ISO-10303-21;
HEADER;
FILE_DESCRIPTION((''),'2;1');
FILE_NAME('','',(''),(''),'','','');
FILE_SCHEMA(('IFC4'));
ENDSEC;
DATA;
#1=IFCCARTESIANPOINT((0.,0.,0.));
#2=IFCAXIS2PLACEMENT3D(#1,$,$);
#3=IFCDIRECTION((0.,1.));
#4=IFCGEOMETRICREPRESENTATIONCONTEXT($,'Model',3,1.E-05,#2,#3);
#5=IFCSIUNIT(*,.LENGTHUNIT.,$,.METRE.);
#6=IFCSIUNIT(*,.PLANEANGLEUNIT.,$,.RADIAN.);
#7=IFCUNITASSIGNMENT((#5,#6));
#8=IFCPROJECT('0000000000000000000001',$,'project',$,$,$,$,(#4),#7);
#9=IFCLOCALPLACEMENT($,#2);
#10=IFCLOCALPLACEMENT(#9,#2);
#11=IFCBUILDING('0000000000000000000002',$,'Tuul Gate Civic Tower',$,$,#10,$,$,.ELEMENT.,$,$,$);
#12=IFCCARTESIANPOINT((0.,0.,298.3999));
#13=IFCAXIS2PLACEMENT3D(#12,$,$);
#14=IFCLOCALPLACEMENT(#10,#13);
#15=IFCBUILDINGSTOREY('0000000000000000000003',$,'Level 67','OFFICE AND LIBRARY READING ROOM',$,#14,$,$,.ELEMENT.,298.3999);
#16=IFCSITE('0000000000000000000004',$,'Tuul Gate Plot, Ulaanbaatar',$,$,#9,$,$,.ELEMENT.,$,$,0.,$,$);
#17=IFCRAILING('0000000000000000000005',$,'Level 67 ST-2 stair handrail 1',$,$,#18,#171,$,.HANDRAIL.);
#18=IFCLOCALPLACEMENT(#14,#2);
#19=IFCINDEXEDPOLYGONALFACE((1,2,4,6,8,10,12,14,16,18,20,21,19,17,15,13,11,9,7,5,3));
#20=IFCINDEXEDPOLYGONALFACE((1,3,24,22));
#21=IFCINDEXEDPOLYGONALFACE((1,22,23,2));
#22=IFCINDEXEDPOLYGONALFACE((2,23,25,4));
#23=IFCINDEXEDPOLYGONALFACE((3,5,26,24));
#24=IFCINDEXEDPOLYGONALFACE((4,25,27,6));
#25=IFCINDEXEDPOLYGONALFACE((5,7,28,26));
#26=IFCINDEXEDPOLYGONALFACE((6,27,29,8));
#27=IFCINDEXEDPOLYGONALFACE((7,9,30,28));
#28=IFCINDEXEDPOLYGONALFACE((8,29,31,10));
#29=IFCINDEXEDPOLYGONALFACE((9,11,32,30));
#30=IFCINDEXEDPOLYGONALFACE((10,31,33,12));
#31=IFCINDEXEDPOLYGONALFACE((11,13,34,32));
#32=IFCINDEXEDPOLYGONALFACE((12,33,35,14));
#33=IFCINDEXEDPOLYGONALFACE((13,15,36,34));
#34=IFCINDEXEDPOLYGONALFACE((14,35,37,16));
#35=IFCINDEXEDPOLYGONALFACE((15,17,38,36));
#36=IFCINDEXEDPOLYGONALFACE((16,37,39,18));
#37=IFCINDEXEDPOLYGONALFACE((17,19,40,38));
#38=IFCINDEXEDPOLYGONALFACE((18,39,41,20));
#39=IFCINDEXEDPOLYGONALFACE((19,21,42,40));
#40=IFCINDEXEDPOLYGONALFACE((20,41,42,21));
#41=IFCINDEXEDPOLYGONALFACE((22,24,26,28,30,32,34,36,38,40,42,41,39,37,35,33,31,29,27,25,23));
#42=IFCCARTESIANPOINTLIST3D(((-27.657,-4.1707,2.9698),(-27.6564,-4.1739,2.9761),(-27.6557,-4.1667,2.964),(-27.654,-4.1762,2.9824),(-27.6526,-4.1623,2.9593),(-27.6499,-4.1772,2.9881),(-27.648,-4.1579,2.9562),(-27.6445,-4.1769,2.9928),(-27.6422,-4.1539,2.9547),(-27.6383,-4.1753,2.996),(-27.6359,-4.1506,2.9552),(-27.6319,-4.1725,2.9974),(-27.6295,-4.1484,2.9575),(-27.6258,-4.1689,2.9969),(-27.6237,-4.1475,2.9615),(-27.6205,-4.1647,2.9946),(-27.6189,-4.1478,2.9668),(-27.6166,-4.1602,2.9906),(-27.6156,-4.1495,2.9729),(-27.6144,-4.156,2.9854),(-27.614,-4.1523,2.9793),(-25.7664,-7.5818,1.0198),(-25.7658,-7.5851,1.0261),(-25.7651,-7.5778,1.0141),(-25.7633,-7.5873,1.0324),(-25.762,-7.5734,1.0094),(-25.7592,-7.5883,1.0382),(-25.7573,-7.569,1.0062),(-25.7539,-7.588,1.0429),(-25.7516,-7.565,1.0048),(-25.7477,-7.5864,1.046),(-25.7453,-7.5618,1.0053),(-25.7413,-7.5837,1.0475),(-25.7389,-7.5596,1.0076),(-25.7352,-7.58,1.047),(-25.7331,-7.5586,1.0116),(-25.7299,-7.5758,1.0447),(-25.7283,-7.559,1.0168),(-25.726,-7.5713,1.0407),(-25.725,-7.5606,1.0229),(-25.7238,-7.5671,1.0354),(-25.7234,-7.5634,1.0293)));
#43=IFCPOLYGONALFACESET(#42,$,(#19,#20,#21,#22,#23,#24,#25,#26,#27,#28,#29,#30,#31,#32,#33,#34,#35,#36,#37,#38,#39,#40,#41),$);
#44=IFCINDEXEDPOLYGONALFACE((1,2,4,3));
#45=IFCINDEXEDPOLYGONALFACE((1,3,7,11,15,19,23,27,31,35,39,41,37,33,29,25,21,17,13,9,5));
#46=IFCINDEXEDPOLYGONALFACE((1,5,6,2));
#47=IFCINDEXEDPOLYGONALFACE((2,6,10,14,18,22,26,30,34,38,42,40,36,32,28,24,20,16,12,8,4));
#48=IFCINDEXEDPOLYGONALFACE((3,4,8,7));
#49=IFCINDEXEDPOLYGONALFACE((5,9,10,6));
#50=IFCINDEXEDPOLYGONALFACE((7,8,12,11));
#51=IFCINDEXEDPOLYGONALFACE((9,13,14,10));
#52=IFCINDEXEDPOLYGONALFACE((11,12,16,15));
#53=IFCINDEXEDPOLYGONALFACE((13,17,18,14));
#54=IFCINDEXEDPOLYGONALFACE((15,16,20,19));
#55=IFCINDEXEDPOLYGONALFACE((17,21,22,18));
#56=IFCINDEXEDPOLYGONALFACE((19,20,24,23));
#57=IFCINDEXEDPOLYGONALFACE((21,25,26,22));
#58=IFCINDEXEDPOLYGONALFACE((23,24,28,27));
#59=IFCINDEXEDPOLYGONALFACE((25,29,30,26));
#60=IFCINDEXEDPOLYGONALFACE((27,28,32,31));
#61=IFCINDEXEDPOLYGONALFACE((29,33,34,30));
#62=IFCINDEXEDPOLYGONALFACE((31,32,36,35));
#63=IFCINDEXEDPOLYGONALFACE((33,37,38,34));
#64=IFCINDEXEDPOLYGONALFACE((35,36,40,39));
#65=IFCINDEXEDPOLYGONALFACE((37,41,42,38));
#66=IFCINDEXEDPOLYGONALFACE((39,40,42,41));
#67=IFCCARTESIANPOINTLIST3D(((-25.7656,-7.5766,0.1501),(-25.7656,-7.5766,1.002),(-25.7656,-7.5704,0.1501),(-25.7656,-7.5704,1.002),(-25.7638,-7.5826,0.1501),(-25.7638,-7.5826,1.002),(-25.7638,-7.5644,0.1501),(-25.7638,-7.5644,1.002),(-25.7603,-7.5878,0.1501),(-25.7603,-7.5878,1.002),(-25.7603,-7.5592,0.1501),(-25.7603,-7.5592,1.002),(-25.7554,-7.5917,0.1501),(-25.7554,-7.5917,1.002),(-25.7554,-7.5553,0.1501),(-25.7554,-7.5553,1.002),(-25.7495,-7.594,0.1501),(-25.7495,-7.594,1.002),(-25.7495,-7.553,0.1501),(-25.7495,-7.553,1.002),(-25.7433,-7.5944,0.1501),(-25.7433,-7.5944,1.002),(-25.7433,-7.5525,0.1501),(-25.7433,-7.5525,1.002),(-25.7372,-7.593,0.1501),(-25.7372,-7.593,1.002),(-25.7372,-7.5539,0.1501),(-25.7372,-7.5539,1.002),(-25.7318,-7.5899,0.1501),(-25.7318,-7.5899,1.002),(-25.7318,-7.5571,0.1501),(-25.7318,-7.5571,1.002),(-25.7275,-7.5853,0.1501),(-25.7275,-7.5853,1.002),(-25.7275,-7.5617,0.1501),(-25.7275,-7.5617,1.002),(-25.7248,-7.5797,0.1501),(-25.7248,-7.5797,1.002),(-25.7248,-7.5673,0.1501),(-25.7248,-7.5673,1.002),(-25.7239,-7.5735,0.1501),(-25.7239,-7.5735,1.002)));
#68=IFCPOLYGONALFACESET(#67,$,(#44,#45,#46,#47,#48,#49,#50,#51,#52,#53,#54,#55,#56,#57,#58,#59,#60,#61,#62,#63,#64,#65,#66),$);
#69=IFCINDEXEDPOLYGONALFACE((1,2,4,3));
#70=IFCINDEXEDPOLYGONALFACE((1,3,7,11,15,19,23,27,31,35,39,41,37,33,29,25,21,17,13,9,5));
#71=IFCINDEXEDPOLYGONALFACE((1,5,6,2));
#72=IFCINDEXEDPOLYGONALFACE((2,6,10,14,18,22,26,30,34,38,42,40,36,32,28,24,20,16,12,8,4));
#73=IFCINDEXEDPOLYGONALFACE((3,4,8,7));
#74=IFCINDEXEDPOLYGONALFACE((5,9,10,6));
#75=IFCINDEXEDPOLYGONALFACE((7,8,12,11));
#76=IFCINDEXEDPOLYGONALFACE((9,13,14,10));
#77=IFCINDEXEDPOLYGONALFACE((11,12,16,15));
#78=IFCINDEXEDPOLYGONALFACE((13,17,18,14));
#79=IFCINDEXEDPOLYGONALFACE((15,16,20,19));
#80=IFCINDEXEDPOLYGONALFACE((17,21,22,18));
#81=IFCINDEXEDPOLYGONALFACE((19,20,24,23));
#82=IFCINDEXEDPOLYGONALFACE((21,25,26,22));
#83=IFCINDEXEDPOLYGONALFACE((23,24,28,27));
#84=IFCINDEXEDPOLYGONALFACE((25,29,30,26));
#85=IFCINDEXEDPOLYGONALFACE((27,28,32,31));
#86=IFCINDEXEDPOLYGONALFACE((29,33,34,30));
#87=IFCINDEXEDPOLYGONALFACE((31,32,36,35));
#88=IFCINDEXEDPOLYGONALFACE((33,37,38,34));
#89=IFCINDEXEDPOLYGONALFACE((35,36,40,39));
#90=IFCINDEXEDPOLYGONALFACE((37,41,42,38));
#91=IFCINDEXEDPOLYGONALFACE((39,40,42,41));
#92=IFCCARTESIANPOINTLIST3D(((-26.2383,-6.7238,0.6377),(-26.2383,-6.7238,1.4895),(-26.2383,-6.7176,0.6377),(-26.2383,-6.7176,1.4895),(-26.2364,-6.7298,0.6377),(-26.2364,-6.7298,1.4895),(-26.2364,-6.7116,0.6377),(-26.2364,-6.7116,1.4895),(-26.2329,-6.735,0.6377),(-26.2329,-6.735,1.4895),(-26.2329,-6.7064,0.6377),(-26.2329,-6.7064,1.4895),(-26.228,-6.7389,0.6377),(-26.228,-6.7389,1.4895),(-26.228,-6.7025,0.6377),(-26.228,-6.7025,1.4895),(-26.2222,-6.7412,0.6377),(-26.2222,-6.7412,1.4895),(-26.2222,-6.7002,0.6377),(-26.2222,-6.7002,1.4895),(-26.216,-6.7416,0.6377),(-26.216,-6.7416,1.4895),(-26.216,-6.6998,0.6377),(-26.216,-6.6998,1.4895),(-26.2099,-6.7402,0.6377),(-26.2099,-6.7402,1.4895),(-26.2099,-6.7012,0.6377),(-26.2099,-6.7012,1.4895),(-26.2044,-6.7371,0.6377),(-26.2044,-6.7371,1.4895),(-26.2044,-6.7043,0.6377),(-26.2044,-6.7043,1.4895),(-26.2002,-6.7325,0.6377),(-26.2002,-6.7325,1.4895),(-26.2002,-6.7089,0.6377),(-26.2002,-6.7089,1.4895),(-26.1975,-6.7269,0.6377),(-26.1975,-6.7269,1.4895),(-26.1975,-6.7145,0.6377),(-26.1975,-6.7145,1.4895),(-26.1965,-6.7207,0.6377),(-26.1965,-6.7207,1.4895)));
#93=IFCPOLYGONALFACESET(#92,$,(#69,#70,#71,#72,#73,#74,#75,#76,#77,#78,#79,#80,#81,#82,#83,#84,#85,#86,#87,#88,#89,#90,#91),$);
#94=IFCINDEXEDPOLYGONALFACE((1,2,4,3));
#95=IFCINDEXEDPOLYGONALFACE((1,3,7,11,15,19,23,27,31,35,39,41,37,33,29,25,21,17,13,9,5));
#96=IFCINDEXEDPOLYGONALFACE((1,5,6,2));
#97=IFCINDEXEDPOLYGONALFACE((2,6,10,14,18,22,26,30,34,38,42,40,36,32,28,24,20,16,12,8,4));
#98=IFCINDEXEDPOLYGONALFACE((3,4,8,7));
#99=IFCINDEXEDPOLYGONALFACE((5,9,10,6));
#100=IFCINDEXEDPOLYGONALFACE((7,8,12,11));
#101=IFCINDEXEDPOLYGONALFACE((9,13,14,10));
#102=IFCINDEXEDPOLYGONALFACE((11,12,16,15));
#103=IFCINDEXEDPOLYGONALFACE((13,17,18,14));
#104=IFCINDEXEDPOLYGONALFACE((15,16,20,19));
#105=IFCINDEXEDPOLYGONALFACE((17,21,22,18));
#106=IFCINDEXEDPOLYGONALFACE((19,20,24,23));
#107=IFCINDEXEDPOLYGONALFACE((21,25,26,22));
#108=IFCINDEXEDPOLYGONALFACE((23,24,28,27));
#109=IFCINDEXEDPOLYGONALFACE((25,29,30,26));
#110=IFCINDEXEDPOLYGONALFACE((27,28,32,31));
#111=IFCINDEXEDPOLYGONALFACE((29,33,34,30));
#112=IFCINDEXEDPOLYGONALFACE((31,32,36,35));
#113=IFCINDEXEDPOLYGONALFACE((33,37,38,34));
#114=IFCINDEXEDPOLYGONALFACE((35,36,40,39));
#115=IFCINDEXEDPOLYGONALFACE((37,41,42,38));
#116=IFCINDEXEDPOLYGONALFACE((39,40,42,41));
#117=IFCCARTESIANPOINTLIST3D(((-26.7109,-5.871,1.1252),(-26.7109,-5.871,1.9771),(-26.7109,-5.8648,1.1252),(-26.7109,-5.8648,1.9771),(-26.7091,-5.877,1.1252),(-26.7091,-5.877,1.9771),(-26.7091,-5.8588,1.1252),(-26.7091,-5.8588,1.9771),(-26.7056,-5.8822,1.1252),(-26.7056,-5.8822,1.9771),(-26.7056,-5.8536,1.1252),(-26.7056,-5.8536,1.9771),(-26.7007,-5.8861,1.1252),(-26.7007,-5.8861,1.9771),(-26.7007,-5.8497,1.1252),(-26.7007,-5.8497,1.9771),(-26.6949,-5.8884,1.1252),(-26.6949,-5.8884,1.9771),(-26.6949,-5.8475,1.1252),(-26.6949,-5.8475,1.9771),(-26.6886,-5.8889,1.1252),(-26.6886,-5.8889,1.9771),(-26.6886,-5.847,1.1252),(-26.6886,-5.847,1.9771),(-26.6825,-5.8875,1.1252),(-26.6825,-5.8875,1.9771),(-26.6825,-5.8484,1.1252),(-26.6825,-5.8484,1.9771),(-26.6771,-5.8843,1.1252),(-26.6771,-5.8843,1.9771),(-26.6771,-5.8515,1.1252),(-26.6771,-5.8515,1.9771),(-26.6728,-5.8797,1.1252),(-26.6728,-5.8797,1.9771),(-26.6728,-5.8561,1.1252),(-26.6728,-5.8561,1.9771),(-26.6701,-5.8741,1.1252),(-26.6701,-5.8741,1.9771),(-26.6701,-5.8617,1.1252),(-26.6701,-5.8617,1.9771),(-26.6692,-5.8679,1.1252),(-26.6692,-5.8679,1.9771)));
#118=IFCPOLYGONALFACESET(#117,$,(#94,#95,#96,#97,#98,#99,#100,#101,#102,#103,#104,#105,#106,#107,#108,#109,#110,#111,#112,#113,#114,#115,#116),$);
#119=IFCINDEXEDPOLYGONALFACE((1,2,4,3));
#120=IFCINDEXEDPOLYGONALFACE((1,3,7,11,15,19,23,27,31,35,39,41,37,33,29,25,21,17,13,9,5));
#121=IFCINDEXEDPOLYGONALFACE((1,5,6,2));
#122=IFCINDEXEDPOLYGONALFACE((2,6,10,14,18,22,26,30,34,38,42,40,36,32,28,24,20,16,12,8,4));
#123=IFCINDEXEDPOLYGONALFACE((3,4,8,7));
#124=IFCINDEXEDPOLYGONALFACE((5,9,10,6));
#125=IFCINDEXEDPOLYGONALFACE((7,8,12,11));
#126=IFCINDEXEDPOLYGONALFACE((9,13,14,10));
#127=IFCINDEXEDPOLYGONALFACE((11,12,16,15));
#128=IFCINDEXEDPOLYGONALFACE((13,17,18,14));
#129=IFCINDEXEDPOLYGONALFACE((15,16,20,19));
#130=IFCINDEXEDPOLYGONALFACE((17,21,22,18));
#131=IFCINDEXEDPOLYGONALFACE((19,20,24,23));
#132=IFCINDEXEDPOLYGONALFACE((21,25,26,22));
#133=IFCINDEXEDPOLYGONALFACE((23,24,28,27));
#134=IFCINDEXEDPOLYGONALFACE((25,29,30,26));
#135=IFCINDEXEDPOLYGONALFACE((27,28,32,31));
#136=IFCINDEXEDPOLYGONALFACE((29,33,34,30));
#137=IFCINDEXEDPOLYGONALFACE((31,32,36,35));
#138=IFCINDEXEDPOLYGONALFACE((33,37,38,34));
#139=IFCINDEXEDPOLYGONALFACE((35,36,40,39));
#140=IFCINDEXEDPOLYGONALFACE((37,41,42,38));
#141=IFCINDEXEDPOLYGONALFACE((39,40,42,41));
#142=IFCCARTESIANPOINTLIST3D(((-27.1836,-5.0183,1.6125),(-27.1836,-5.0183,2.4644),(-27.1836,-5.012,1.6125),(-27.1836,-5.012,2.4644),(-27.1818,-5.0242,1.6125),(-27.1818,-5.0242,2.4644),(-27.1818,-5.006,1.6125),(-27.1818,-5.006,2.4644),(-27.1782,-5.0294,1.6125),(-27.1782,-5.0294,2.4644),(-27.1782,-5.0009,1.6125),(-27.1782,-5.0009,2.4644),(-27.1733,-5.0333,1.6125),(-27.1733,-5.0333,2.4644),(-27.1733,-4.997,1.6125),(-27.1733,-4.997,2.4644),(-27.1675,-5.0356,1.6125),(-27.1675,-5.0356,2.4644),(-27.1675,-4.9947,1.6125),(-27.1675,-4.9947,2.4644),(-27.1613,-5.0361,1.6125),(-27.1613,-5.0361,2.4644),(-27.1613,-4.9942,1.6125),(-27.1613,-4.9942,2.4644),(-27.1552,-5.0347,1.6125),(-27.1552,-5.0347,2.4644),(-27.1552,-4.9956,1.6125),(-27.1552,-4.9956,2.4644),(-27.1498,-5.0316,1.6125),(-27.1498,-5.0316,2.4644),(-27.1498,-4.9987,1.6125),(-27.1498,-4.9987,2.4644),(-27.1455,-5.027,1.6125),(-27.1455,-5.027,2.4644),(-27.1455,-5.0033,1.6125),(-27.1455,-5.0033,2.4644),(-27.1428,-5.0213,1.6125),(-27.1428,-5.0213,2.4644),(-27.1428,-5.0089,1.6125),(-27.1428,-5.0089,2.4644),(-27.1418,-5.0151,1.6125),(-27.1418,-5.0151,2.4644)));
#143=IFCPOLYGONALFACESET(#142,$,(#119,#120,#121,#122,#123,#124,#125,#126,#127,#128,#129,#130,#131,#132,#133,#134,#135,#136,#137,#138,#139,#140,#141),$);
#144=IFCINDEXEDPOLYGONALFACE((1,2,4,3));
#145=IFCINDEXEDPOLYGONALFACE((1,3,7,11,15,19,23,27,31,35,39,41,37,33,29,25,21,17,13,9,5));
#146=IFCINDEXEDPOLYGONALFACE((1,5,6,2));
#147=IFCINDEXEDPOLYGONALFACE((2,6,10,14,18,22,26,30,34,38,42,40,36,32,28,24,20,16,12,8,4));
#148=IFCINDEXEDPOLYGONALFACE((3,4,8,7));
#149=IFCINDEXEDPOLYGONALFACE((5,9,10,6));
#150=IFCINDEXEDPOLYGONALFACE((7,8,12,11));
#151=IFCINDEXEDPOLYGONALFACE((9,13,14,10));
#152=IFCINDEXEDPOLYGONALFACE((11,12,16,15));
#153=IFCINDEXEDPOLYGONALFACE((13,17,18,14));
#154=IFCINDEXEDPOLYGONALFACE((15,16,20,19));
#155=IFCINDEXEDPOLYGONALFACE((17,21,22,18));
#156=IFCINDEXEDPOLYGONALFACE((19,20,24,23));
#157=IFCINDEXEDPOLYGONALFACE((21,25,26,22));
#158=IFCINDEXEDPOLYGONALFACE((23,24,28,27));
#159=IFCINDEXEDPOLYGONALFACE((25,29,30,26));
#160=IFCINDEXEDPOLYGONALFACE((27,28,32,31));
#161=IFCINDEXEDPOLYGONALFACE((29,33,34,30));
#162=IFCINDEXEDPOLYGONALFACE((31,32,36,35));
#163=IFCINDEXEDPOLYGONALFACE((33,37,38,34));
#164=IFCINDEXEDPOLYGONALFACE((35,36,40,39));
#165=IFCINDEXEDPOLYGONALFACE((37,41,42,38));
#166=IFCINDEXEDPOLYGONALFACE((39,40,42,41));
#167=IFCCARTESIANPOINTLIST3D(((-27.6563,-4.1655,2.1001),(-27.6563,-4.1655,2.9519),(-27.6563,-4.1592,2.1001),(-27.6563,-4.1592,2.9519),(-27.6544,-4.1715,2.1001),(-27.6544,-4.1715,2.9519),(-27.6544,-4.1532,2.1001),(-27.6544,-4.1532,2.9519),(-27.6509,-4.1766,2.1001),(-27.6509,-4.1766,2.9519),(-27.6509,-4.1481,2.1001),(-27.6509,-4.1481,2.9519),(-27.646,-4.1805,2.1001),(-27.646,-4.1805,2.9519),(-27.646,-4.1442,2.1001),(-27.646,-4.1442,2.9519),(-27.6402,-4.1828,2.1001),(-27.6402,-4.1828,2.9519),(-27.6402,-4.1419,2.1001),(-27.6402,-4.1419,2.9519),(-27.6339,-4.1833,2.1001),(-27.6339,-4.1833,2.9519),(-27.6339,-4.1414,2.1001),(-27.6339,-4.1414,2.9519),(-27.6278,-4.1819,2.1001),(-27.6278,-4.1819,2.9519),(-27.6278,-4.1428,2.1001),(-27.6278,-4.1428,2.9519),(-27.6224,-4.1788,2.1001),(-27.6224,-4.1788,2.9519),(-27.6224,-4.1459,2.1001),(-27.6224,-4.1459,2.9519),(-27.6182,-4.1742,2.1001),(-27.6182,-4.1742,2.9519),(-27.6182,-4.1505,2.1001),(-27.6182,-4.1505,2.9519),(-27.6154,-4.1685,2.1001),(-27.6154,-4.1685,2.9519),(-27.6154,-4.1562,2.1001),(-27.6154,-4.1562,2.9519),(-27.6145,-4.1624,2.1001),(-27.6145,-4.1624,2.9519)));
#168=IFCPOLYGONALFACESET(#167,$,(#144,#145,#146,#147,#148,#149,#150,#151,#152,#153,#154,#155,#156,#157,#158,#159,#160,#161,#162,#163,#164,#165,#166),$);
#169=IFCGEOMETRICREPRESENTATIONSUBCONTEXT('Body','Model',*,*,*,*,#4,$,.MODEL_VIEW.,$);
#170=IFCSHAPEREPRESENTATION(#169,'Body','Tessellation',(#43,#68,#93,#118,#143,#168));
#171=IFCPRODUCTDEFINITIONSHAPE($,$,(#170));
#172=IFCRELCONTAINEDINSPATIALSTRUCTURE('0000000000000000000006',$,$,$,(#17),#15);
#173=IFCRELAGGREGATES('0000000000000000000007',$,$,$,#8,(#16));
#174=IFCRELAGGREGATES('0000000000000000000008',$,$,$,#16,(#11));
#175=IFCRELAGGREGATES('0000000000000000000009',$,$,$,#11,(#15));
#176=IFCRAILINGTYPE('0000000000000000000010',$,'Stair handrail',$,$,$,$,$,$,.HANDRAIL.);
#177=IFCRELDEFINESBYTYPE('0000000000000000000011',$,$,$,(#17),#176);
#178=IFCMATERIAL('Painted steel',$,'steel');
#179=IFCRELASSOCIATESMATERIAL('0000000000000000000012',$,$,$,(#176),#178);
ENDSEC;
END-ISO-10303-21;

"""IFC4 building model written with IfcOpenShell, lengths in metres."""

from ifc_helpers import new_model, si_unit, direction, frame, origin, origin_2d, place, context, subcontext, project, spatial, circle, extrude, material, type_object, element, save


model = new_model("IFC4")

# Units and contexts
model_context = context("Model", 3, precision=1e-05, world=origin(), true_north=direction((0.0, 1.0)))
body_context = subcontext(model_context, "Body", "Model", "MODEL_VIEW")
ifc_project = project(units=[si_unit("LENGTHUNIT", "METRE"), si_unit("PLANEANGLEUNIT", "RADIAN")], contexts=[model_context])

# Site, building, storey
site_placement = place(None, origin())
site = spatial("IfcSite", under=ifc_project, at=site_placement, Name="Tuul Gate Plot, Ulaanbaatar", CompositionType="ELEMENT", RefElevation=0.0)
building_placement = place(site_placement, origin())
building = spatial("IfcBuilding", under=site, at=building_placement, Name="Tuul Gate Civic Tower", CompositionType="ELEMENT")
storey_placement = place(building_placement, frame((0.0, 0.0, 298.3999)))
storey = spatial("IfcBuildingStorey", under=building, at=storey_placement, Name="Level 67", Description="OFFICE AND LIBRARY READING ROOM", CompositionType="ELEMENT", Elevation=298.3999)

# Railing
ifc_material_1 = material(Name="Painted steel", Category="steel")
railing_type_1 = type_object("IfcRailingType", Name="Stair handrail", PredefinedType="HANDRAIL", material=ifc_material_1)
railing_1_placement = place(storey_placement, frame((-25.7449, -7.5735, 0.1501)))
element("IfcRailing", 1, at=railing_1_placement, inside=storey, type_object=railing_type_1, Name="Level 67 ST-2 stair handrail 1", PredefinedType="HANDRAIL", context=body_context, shape_type="SweptSolid", body=[
    extrude(circle(Radius=0.0239, at=origin_2d()), frame((0.0, 0.0, 0.876), z_axis=(-0.433595, 0.782308, 0.447201), x_axis=(-0.874641, -0.484771, 0.0)), (0.0, 0.0, 1.0), 4.3604),
    extrude(circle(Radius=0.021, at=origin_2d()), origin(), (0.0, 0.0, 1.0), 0.8518),
    extrude(circle(Radius=0.021, at=origin_2d()), frame((-0.4727, 0.8528, 0.4875)), (0.0, 0.0, 1.0), 0.8518),
    extrude(circle(Radius=0.021, at=origin_2d()), frame((-0.9453, 1.7056, 0.9751)), (0.0, 0.0, 1.0), 0.8518),
    extrude(circle(Radius=0.021, at=origin_2d()), frame((-1.418, 2.5583, 1.4624)), (0.0, 0.0, 1.0), 0.8518),
    extrude(circle(Radius=0.021, at=origin_2d()), frame((-1.8906, 3.4111, 1.95)), (0.0, 0.0, 1.0), 0.8518),
])

save(model, "model.ifc")
